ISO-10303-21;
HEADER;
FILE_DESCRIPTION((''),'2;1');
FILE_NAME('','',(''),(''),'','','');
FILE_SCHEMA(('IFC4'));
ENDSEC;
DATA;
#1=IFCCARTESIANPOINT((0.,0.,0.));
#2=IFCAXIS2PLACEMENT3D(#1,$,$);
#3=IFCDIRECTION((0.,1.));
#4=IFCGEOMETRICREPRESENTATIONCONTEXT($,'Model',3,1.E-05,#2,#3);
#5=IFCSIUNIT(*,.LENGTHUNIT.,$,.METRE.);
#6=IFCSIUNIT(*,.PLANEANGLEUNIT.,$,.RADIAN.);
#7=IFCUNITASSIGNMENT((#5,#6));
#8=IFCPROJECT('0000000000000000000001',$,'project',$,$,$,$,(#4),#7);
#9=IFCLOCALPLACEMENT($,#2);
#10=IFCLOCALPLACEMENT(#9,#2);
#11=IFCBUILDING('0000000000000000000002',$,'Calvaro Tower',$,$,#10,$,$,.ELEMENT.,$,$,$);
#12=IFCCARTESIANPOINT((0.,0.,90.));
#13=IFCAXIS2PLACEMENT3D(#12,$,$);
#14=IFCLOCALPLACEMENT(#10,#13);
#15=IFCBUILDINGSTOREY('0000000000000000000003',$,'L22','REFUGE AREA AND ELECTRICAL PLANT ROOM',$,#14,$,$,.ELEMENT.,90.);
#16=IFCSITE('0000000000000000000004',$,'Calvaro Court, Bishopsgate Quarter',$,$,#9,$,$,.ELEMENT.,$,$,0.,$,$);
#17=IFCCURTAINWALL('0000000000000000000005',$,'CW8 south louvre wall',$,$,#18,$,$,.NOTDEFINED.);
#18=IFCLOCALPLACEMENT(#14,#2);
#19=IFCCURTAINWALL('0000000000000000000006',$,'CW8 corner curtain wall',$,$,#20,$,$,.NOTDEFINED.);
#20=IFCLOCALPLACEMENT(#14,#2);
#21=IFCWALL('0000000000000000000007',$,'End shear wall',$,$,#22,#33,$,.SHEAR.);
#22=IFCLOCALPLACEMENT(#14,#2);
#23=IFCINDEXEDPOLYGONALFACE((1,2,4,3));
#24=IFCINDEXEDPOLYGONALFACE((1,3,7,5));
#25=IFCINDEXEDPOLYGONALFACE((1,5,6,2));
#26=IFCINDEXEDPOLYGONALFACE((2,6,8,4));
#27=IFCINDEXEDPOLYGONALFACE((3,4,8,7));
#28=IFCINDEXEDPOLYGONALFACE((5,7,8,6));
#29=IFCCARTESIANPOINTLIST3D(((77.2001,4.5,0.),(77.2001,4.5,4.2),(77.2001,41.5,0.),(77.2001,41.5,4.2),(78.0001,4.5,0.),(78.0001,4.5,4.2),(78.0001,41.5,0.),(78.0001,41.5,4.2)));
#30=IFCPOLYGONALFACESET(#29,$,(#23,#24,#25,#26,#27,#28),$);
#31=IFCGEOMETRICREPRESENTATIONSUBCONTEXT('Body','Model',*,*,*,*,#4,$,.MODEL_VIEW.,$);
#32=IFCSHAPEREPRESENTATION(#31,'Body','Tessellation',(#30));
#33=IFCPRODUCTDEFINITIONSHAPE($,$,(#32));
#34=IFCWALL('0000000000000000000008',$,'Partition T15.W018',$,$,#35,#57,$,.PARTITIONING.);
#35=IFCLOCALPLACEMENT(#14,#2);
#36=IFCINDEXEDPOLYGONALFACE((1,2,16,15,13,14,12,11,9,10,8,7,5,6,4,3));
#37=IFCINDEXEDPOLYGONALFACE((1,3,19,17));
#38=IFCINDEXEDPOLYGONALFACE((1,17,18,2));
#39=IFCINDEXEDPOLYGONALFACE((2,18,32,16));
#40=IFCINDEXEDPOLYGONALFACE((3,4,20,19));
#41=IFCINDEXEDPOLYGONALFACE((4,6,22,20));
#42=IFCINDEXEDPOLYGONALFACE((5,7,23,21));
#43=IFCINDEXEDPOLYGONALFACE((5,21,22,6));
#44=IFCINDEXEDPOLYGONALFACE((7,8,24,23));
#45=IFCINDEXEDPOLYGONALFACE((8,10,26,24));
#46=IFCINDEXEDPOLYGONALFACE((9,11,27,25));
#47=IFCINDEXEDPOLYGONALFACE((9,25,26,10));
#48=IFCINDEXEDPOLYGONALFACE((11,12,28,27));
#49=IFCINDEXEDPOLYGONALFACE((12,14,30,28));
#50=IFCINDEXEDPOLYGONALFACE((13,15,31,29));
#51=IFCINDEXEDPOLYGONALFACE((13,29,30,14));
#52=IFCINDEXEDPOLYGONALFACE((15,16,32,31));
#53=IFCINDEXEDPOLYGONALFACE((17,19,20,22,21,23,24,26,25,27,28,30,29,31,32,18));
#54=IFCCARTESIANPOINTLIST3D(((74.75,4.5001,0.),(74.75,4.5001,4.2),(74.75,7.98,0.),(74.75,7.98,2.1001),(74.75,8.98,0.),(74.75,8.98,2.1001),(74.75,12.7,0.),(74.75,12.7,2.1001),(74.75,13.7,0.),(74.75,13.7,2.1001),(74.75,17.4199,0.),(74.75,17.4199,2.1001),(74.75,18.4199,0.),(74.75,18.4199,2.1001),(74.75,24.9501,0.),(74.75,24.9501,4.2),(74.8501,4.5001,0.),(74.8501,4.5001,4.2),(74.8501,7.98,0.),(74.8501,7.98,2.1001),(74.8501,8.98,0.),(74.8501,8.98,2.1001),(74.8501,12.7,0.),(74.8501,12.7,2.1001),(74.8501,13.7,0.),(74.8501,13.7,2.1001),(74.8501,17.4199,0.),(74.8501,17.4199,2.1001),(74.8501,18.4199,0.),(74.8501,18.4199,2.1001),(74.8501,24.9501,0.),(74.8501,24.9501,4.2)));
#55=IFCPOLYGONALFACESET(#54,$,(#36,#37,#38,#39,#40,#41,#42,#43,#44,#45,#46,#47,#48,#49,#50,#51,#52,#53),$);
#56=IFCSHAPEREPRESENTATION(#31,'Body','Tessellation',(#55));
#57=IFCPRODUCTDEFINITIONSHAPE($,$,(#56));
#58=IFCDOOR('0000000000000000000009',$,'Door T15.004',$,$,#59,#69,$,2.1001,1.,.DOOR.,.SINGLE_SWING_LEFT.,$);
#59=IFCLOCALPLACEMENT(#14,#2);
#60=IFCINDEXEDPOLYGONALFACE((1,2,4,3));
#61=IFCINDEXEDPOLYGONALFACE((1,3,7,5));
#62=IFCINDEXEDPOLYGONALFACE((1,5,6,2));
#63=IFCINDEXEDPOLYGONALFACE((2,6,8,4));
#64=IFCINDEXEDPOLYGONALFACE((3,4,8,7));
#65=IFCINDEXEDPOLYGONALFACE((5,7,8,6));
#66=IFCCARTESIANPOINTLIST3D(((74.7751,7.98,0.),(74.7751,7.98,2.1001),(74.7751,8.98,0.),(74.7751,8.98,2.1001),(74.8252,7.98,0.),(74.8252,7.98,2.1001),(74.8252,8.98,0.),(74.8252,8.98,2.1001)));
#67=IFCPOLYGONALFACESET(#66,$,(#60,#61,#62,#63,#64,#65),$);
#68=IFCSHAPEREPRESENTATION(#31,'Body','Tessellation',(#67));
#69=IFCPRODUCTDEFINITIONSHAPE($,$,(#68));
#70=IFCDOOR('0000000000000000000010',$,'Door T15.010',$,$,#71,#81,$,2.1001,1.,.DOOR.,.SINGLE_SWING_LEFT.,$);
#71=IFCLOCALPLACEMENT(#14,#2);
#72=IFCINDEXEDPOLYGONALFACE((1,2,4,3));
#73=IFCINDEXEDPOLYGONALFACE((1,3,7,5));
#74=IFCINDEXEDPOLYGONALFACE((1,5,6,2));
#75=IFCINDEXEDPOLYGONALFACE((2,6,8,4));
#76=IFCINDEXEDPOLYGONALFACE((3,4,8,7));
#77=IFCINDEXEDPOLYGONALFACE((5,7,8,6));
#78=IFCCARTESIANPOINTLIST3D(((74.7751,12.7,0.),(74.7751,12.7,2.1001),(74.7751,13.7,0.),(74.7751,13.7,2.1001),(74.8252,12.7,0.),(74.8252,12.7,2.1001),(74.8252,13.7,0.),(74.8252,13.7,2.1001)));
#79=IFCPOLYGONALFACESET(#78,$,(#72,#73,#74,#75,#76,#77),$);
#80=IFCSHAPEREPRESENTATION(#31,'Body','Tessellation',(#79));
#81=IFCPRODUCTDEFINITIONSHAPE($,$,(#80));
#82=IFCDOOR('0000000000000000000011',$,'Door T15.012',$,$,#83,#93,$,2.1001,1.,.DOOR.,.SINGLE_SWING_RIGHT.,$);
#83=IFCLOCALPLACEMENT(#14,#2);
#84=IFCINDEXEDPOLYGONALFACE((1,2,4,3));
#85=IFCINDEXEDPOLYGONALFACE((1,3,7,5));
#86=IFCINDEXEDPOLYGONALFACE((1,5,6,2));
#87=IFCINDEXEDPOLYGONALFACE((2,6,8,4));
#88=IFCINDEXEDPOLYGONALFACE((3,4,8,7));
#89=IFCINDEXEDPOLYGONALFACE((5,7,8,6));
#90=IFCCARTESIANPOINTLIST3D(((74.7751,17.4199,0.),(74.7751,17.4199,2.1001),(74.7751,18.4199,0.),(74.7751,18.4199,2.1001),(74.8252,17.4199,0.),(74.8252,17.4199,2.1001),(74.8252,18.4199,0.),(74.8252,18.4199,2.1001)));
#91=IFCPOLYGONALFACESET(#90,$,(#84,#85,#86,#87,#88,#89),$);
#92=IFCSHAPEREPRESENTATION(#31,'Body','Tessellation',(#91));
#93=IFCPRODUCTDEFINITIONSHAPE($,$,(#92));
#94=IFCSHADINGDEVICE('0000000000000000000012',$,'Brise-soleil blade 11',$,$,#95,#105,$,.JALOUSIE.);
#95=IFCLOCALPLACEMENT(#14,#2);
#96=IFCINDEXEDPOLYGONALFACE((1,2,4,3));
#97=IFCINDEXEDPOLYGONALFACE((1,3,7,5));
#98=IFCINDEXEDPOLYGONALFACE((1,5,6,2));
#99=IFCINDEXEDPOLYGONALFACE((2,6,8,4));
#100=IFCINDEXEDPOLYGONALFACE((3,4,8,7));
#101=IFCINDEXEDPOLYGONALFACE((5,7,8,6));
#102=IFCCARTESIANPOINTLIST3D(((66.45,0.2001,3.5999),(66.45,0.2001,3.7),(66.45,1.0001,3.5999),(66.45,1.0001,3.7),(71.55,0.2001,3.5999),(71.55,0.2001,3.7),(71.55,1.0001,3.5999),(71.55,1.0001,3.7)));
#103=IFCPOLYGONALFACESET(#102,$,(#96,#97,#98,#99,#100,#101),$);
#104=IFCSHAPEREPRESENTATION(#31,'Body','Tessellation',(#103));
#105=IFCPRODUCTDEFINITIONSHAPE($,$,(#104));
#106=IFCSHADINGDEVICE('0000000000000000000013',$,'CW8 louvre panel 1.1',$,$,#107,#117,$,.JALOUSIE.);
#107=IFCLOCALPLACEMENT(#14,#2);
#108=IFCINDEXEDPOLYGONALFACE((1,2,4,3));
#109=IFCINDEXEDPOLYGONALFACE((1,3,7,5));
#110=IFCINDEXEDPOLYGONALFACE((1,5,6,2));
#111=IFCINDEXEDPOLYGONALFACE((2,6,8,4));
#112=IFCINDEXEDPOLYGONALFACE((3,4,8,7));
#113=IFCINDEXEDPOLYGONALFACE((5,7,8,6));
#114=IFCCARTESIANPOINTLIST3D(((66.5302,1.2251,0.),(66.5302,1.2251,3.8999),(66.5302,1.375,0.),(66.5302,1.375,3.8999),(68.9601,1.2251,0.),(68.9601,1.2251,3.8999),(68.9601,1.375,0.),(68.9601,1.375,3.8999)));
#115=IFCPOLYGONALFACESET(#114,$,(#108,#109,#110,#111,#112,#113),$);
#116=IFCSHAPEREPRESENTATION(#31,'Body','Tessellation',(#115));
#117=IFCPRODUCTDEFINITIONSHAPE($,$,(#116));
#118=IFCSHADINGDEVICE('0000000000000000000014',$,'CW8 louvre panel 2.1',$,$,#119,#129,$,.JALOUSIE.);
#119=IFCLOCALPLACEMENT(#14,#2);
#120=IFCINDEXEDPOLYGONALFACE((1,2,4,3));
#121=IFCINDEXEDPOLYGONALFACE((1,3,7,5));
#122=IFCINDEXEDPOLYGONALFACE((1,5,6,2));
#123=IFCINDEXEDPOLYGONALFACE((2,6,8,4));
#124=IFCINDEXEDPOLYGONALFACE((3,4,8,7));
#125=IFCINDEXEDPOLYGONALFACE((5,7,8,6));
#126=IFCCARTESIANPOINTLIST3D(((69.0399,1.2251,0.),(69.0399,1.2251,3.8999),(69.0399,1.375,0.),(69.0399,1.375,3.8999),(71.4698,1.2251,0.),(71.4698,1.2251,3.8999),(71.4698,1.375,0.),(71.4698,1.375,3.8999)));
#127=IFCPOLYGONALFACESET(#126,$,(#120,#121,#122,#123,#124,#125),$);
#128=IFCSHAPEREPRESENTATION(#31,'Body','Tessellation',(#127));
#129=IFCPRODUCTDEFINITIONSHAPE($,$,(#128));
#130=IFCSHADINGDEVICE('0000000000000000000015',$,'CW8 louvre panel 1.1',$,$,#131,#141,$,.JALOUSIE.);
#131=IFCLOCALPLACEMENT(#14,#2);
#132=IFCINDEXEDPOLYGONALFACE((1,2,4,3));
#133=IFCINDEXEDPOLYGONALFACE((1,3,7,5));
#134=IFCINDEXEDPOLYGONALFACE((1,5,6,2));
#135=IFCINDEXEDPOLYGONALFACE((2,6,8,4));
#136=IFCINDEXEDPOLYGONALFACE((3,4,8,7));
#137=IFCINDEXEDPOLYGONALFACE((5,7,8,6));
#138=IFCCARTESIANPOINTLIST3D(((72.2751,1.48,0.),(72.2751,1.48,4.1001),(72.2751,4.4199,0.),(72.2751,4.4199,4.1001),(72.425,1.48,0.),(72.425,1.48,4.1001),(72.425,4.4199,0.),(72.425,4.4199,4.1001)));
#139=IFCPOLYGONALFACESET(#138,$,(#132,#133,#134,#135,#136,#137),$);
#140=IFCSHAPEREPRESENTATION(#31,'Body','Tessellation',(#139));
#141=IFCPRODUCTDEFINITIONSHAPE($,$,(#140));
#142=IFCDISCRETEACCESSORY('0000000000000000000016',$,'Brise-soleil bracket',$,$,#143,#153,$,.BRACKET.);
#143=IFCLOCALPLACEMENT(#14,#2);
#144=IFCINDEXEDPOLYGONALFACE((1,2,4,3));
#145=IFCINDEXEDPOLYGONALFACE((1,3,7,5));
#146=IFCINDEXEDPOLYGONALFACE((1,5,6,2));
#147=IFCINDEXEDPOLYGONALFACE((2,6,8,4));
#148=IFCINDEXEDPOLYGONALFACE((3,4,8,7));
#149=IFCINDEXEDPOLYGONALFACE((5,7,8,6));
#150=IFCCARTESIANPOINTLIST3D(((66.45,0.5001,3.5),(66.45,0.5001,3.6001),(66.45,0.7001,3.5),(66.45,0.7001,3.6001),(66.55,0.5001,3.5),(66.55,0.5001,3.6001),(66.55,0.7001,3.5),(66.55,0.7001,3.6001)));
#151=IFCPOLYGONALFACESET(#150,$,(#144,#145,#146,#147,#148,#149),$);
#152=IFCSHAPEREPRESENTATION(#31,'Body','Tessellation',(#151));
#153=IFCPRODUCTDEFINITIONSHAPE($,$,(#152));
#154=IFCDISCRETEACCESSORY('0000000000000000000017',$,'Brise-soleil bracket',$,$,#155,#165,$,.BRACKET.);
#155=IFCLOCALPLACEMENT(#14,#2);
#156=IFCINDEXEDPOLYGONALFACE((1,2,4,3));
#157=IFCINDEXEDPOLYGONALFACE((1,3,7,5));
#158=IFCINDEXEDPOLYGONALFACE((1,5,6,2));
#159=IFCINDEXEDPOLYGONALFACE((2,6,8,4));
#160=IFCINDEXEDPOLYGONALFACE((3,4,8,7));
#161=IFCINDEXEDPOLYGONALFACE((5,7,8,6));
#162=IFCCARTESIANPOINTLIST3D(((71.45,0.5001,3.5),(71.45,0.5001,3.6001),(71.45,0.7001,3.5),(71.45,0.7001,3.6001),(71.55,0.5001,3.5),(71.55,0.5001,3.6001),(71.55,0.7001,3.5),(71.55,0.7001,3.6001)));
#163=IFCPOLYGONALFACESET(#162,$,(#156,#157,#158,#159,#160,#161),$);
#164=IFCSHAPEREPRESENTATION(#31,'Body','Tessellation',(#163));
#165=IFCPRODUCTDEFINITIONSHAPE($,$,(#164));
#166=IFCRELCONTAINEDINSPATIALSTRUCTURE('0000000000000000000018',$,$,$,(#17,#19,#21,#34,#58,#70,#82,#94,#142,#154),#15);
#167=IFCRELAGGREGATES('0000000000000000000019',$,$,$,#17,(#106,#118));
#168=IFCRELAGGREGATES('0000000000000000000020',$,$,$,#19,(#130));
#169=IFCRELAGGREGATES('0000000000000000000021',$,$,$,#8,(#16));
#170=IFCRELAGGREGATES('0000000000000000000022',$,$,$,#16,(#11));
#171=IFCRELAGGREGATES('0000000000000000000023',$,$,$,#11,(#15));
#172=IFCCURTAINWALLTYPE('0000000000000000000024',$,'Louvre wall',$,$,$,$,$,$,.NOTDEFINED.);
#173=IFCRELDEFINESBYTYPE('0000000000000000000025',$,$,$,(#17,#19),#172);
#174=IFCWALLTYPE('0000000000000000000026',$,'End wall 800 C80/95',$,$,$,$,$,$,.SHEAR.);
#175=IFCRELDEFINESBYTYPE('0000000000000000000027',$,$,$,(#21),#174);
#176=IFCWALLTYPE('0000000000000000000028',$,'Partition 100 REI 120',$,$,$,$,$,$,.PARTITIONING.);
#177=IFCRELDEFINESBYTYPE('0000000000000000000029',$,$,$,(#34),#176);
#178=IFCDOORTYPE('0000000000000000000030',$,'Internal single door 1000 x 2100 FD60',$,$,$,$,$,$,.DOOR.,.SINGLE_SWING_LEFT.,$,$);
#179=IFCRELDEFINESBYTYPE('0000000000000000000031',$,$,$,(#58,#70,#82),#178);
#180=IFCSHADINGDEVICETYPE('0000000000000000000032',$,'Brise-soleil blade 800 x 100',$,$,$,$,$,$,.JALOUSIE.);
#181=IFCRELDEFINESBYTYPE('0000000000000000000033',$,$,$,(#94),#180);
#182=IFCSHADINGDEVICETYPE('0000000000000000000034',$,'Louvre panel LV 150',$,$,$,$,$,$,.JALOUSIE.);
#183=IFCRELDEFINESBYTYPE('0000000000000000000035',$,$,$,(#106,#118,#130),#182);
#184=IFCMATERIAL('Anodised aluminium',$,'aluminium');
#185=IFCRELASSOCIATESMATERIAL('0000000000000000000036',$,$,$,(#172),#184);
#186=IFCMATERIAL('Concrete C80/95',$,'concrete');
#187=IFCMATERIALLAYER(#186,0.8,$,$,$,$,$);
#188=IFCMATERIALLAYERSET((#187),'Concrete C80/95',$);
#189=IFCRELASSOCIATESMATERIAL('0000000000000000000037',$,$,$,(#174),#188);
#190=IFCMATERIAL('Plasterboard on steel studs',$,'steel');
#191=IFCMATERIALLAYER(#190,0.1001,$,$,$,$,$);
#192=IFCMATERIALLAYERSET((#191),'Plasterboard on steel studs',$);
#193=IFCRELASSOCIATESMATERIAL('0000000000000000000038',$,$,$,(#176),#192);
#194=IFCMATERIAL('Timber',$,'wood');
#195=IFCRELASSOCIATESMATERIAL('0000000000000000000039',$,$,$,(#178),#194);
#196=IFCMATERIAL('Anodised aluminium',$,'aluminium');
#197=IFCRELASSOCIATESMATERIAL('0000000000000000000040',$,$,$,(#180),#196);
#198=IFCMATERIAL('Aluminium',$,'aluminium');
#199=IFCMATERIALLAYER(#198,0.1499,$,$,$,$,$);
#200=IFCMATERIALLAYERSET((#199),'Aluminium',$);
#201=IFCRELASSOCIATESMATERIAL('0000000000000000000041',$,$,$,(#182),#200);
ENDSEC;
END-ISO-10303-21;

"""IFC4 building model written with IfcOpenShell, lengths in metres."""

from ifc_helpers import new_model, si_unit, direction, frame, frame_2d, origin, origin_2d, place, context, subcontext, project, spatial, rectangle, extrude, material, layer, layer_set, material_profile, profile_set, type_object, element, fill, aggregate, save


model = new_model("IFC4")

# Units and contexts
model_context = context("Model", 3, precision=1e-05, world=origin(), true_north=direction((0.0, 1.0)))
body_context = subcontext(model_context, "Body", "Model", "MODEL_VIEW")
ifc_project = project(units=[si_unit("LENGTHUNIT", "METRE"), si_unit("PLANEANGLEUNIT", "RADIAN")], contexts=[model_context])

# Site, building, storey
site_placement = place(None, origin())
site = spatial("IfcSite", under=ifc_project, at=site_placement, Name="Calvaro Court, Bishopsgate Quarter", CompositionType="ELEMENT", RefElevation=0.0)
building_placement = place(site_placement, origin())
building = spatial("IfcBuilding", under=site, at=building_placement, Name="Calvaro Tower", CompositionType="ELEMENT")
storey_placement = place(building_placement, frame((0.0, 0.0, 90.0)))
storey = spatial("IfcBuildingStorey", under=building, at=storey_placement, Name="L22", Description="REFUGE AREA AND ELECTRICAL PLANT ROOM", CompositionType="ELEMENT", Elevation=90.0)

# Shared definitions
ifc_material_1 = material(Name="Anodised aluminium", Category="aluminium")
curtain_wall_type = type_object("IfcCurtainWallType", Name="Louvre wall", PredefinedType="NOTDEFINED", material=ifc_material_1)

# Curtain walls
curtain_wall_1_placement = place(storey_placement, origin())
curtain_wall_1 = element("IfcCurtainWall", 1, at=curtain_wall_1_placement, inside=storey, type_object=curtain_wall_type, Name="CW8 south louvre wall", PredefinedType="NOTDEFINED")
curtain_wall_2_placement = place(storey_placement, origin())
curtain_wall_2 = element("IfcCurtainWall", 2, at=curtain_wall_2_placement, inside=storey, type_object=curtain_wall_type, Name="CW8 corner curtain wall", PredefinedType="NOTDEFINED")

# Wall
ifc_material_2 = material(Name="Concrete C80/95", Category="concrete")
ifc_layer_1 = layer(ifc_material_2, 0.8)
ifc_layer_set_1 = layer_set([ifc_layer_1], Name="Concrete C80/95")
wall_type_1 = type_object("IfcWallType", Name="End wall 800 C80/95", PredefinedType="SHEAR", material=ifc_layer_set_1)
wall_1_placement = place(storey_placement, frame((77.6001, 4.5, 0.0), z_axis=(0.0, 0.0, 1.0), x_axis=(0.0, 1.0, 0.0)))
element("IfcWall", 3, at=wall_1_placement, inside=storey, type_object=wall_type_1, Name="End shear wall", PredefinedType="SHEAR", context=body_context, shape_type="SweptSolid", body=[
    extrude(rectangle(XDim=37.0, YDim=0.8, at=frame_2d((18.5, 0.0))), origin(), (0.0, 0.0, 1.0), 4.2),
])

# Wall, openings, doors
ifc_material_3 = material(Name="Plasterboard on steel studs", Category="steel")
ifc_layer_2 = layer(ifc_material_3, 0.1001)
ifc_layer_set_2 = layer_set([ifc_layer_2], Name="Plasterboard on steel studs")
wall_type_2 = type_object("IfcWallType", Name="Partition 100 REI 120", PredefinedType="PARTITIONING", material=ifc_layer_set_2)
wall_2_placement = place(storey_placement, frame((74.8, 4.5, 0.0), z_axis=(0.0, 0.0, 1.0), x_axis=(0.0, 1.0, 0.0)))
wall_2 = element("IfcWall", 4, at=wall_2_placement, inside=storey, type_object=wall_type_2, Name="Partition T15.W018", PredefinedType="PARTITIONING", context=body_context, shape_type="SweptSolid", body=[
    extrude(rectangle(XDim=20.45, YDim=0.1001, at=frame_2d((10.2251, 0.0))), origin(), (0.0, 0.0, 1.0), 4.2),
])
opening_1_placement = place(wall_2_placement, frame((3.48, 0.0, 0.0)))
opening_1 = element("IfcOpeningElement", 5, at=opening_1_placement, cuts=wall_2, PredefinedType="OPENING", context=body_context, shape_type="SweptSolid", body=[
    extrude(rectangle(XDim=1.0, YDim=2.1001, at=frame_2d((0.5, 1.05))), frame((0.0, 0.0601, 0.0), z_axis=(0.0, -1.0, 0.0), x_axis=(1.0, 0.0, 0.0)), (0.0, 0.0, 1.0), 0.1201),
])
opening_2_placement = place(wall_2_placement, frame((8.2, 0.0, 0.0)))
opening_2 = element("IfcOpeningElement", 6, at=opening_2_placement, cuts=wall_2, PredefinedType="OPENING", context=body_context, shape_type="SweptSolid", body=[
    extrude(rectangle(XDim=1.0, YDim=2.1001, at=frame_2d((0.5, 1.05))), frame((0.0, 0.0601, 0.0), z_axis=(0.0, -1.0, 0.0), x_axis=(1.0, 0.0, 0.0)), (0.0, 0.0, 1.0), 0.1201),
])
opening_3_placement = place(wall_2_placement, frame((12.9199, 0.0, 0.0)))
opening_3 = element("IfcOpeningElement", 7, at=opening_3_placement, cuts=wall_2, PredefinedType="OPENING", context=body_context, shape_type="SweptSolid", body=[
    extrude(rectangle(XDim=1.0, YDim=2.1001, at=frame_2d((0.5, 1.05))), frame((0.0, 0.0601, 0.0), z_axis=(0.0, -1.0, 0.0), x_axis=(1.0, 0.0, 0.0)), (0.0, 0.0, 1.0), 0.1201),
])
ifc_material_4 = material(Name="Timber", Category="wood")
door_type = type_object("IfcDoorType", Name="Internal single door 1000 x 2100 FD60", OperationType="SINGLE_SWING_LEFT", PredefinedType="DOOR", material=ifc_material_4)
door_1_placement = place(opening_1_placement, origin())
door_1 = element("IfcDoor", 8, at=door_1_placement, inside=storey, type_object=door_type, Name="Door T15.004", OperationType="SINGLE_SWING_LEFT", OverallHeight=2.1001, OverallWidth=1.0, PredefinedType="DOOR", context=body_context, shape_type="SweptSolid", body=[
    extrude(rectangle(XDim=1.0, YDim=2.1001, at=frame_2d((0.5, 1.05))), frame((0.0, 0.0249, 0.0), z_axis=(0.0, -1.0, 0.0), x_axis=(1.0, 0.0, 0.0)), (0.0, 0.0, 1.0), 0.05),
])
fill(opening_1, door_1)
door_2_placement = place(opening_2_placement, origin())
door_2 = element("IfcDoor", 9, at=door_2_placement, inside=storey, type_object=door_type, Name="Door T15.010", OperationType="SINGLE_SWING_LEFT", OverallHeight=2.1001, OverallWidth=1.0, PredefinedType="DOOR", context=body_context, shape_type="SweptSolid", body=[
    extrude(rectangle(XDim=1.0, YDim=2.1001, at=frame_2d((0.5, 1.05))), frame((0.0, 0.0249, 0.0), z_axis=(0.0, -1.0, 0.0), x_axis=(1.0, 0.0, 0.0)), (0.0, 0.0, 1.0), 0.05),
])
fill(opening_2, door_2)
door_3_placement = place(opening_3_placement, origin())
door_3 = element("IfcDoor", 10, at=door_3_placement, inside=storey, type_object=door_type, Name="Door T15.012", OperationType="SINGLE_SWING_RIGHT", OverallHeight=2.1001, OverallWidth=1.0, PredefinedType="DOOR", context=body_context, shape_type="SweptSolid", body=[
    extrude(rectangle(XDim=1.0, YDim=2.1001, at=frame_2d((0.5, 1.05))), frame((0.0, 0.0249, 0.0), z_axis=(0.0, -1.0, 0.0), x_axis=(1.0, 0.0, 0.0)), (0.0, 0.0, 1.0), 0.05),
])
fill(opening_3, door_3)

# Shading devices
ifc_material_5 = material(Name="Anodised aluminium", Category="aluminium")
ifc_material_profile_1 = material_profile(ifc_material_5, rectangle(XDim=0.8, YDim=0.1001, at=origin_2d()), Name="Brise-soleil blade 800 x 100")
ifc_profile_set_1 = profile_set([ifc_material_profile_1], Name="Anodised aluminium")
shading_device_type_1 = type_object("IfcShadingDeviceType", Name="Brise-soleil blade 800 x 100", PredefinedType="JALOUSIE", material=ifc_profile_set_1)
shading_device_1_placement = place(storey_placement, frame((66.45, 0.6001, 3.6499), z_axis=(1.0, 0.0, 0.0), x_axis=(0.0, 1.0, 0.0)))
element("IfcShadingDevice", 11, at=shading_device_1_placement, inside=storey, type_object=shading_device_type_1, Name="Brise-soleil blade 11", PredefinedType="JALOUSIE", context=body_context, shape_type="SweptSolid", body=[
    extrude(rectangle(XDim=0.8, YDim=0.1001, at=origin_2d()), origin(), (0.0, 0.0, 1.0), 5.1001),
])
ifc_material_6 = material(Name="Aluminium", Category="aluminium")
ifc_layer_3 = layer(ifc_material_6, 0.1499)
ifc_layer_set_3 = layer_set([ifc_layer_3], Name="Aluminium")
shading_device_type_2 = type_object("IfcShadingDeviceType", Name="Louvre panel LV 150", PredefinedType="JALOUSIE", material=ifc_layer_set_3)
shading_device_2_placement = place(storey_placement, frame((67.7451, 1.3, 0.0), z_axis=(0.0, 0.0, 1.0), x_axis=(1.0, 0.0, 0.0)))
shading_device_2 = element("IfcShadingDevice", 12, at=shading_device_2_placement, type_object=shading_device_type_2, Name="CW8 louvre panel 1.1", PredefinedType="JALOUSIE", context=body_context, shape_type="SweptSolid", body=[
    extrude(rectangle(XDim=2.4299, YDim=0.1499, at=origin_2d()), origin(), (0.0, 0.0, 1.0), 3.8999),
])
shading_device_3_placement = place(storey_placement, frame((70.2549, 1.3, 0.0), z_axis=(0.0, 0.0, 1.0), x_axis=(1.0, 0.0, 0.0)))
shading_device_3 = element("IfcShadingDevice", 13, at=shading_device_3_placement, type_object=shading_device_type_2, Name="CW8 louvre panel 2.1", PredefinedType="JALOUSIE", context=body_context, shape_type="SweptSolid", body=[
    extrude(rectangle(XDim=2.4299, YDim=0.1499, at=origin_2d()), origin(), (0.0, 0.0, 1.0), 3.8999),
])
aggregate(curtain_wall_1, [shading_device_2, shading_device_3])
shading_device_4_placement = place(storey_placement, frame((72.3501, 2.95, 0.0), z_axis=(0.0, 0.0, 1.0), x_axis=(0.0, 1.0, 0.0)))
shading_device_4 = element("IfcShadingDevice", 14, at=shading_device_4_placement, type_object=shading_device_type_2, Name="CW8 louvre panel 1.1", PredefinedType="JALOUSIE", context=body_context, shape_type="SweptSolid", body=[
    extrude(rectangle(XDim=2.9399, YDim=0.1499, at=origin_2d()), origin(), (0.0, 0.0, 1.0), 4.1001),
])
aggregate(curtain_wall_2, [shading_device_4])

# Discrete accessories
for number, where, z_axis, x_axis, name in (
    (15, (66.5, 0.6001, 3.5), (0.0, 0.0, 1.0), (1.0, 0.0, 0.0), "Brise-soleil bracket"),
    (16, (71.5, 0.6001, 3.5), (0.0, 0.0, 1.0), (1.0, 0.0, 0.0), "Brise-soleil bracket"),
):
    element("IfcDiscreteAccessory", number, at=place(storey_placement, frame(where, z_axis=z_axis, x_axis=x_axis)), inside=storey, Name=name, PredefinedType="BRACKET", context=body_context, shape_type="SweptSolid", body=[
        extrude(rectangle(XDim=0.1001, YDim=0.2, at=origin_2d()), origin(), (0.0, 0.0, 1.0), 0.1001),
    ])

save(model, "model.ifc")
